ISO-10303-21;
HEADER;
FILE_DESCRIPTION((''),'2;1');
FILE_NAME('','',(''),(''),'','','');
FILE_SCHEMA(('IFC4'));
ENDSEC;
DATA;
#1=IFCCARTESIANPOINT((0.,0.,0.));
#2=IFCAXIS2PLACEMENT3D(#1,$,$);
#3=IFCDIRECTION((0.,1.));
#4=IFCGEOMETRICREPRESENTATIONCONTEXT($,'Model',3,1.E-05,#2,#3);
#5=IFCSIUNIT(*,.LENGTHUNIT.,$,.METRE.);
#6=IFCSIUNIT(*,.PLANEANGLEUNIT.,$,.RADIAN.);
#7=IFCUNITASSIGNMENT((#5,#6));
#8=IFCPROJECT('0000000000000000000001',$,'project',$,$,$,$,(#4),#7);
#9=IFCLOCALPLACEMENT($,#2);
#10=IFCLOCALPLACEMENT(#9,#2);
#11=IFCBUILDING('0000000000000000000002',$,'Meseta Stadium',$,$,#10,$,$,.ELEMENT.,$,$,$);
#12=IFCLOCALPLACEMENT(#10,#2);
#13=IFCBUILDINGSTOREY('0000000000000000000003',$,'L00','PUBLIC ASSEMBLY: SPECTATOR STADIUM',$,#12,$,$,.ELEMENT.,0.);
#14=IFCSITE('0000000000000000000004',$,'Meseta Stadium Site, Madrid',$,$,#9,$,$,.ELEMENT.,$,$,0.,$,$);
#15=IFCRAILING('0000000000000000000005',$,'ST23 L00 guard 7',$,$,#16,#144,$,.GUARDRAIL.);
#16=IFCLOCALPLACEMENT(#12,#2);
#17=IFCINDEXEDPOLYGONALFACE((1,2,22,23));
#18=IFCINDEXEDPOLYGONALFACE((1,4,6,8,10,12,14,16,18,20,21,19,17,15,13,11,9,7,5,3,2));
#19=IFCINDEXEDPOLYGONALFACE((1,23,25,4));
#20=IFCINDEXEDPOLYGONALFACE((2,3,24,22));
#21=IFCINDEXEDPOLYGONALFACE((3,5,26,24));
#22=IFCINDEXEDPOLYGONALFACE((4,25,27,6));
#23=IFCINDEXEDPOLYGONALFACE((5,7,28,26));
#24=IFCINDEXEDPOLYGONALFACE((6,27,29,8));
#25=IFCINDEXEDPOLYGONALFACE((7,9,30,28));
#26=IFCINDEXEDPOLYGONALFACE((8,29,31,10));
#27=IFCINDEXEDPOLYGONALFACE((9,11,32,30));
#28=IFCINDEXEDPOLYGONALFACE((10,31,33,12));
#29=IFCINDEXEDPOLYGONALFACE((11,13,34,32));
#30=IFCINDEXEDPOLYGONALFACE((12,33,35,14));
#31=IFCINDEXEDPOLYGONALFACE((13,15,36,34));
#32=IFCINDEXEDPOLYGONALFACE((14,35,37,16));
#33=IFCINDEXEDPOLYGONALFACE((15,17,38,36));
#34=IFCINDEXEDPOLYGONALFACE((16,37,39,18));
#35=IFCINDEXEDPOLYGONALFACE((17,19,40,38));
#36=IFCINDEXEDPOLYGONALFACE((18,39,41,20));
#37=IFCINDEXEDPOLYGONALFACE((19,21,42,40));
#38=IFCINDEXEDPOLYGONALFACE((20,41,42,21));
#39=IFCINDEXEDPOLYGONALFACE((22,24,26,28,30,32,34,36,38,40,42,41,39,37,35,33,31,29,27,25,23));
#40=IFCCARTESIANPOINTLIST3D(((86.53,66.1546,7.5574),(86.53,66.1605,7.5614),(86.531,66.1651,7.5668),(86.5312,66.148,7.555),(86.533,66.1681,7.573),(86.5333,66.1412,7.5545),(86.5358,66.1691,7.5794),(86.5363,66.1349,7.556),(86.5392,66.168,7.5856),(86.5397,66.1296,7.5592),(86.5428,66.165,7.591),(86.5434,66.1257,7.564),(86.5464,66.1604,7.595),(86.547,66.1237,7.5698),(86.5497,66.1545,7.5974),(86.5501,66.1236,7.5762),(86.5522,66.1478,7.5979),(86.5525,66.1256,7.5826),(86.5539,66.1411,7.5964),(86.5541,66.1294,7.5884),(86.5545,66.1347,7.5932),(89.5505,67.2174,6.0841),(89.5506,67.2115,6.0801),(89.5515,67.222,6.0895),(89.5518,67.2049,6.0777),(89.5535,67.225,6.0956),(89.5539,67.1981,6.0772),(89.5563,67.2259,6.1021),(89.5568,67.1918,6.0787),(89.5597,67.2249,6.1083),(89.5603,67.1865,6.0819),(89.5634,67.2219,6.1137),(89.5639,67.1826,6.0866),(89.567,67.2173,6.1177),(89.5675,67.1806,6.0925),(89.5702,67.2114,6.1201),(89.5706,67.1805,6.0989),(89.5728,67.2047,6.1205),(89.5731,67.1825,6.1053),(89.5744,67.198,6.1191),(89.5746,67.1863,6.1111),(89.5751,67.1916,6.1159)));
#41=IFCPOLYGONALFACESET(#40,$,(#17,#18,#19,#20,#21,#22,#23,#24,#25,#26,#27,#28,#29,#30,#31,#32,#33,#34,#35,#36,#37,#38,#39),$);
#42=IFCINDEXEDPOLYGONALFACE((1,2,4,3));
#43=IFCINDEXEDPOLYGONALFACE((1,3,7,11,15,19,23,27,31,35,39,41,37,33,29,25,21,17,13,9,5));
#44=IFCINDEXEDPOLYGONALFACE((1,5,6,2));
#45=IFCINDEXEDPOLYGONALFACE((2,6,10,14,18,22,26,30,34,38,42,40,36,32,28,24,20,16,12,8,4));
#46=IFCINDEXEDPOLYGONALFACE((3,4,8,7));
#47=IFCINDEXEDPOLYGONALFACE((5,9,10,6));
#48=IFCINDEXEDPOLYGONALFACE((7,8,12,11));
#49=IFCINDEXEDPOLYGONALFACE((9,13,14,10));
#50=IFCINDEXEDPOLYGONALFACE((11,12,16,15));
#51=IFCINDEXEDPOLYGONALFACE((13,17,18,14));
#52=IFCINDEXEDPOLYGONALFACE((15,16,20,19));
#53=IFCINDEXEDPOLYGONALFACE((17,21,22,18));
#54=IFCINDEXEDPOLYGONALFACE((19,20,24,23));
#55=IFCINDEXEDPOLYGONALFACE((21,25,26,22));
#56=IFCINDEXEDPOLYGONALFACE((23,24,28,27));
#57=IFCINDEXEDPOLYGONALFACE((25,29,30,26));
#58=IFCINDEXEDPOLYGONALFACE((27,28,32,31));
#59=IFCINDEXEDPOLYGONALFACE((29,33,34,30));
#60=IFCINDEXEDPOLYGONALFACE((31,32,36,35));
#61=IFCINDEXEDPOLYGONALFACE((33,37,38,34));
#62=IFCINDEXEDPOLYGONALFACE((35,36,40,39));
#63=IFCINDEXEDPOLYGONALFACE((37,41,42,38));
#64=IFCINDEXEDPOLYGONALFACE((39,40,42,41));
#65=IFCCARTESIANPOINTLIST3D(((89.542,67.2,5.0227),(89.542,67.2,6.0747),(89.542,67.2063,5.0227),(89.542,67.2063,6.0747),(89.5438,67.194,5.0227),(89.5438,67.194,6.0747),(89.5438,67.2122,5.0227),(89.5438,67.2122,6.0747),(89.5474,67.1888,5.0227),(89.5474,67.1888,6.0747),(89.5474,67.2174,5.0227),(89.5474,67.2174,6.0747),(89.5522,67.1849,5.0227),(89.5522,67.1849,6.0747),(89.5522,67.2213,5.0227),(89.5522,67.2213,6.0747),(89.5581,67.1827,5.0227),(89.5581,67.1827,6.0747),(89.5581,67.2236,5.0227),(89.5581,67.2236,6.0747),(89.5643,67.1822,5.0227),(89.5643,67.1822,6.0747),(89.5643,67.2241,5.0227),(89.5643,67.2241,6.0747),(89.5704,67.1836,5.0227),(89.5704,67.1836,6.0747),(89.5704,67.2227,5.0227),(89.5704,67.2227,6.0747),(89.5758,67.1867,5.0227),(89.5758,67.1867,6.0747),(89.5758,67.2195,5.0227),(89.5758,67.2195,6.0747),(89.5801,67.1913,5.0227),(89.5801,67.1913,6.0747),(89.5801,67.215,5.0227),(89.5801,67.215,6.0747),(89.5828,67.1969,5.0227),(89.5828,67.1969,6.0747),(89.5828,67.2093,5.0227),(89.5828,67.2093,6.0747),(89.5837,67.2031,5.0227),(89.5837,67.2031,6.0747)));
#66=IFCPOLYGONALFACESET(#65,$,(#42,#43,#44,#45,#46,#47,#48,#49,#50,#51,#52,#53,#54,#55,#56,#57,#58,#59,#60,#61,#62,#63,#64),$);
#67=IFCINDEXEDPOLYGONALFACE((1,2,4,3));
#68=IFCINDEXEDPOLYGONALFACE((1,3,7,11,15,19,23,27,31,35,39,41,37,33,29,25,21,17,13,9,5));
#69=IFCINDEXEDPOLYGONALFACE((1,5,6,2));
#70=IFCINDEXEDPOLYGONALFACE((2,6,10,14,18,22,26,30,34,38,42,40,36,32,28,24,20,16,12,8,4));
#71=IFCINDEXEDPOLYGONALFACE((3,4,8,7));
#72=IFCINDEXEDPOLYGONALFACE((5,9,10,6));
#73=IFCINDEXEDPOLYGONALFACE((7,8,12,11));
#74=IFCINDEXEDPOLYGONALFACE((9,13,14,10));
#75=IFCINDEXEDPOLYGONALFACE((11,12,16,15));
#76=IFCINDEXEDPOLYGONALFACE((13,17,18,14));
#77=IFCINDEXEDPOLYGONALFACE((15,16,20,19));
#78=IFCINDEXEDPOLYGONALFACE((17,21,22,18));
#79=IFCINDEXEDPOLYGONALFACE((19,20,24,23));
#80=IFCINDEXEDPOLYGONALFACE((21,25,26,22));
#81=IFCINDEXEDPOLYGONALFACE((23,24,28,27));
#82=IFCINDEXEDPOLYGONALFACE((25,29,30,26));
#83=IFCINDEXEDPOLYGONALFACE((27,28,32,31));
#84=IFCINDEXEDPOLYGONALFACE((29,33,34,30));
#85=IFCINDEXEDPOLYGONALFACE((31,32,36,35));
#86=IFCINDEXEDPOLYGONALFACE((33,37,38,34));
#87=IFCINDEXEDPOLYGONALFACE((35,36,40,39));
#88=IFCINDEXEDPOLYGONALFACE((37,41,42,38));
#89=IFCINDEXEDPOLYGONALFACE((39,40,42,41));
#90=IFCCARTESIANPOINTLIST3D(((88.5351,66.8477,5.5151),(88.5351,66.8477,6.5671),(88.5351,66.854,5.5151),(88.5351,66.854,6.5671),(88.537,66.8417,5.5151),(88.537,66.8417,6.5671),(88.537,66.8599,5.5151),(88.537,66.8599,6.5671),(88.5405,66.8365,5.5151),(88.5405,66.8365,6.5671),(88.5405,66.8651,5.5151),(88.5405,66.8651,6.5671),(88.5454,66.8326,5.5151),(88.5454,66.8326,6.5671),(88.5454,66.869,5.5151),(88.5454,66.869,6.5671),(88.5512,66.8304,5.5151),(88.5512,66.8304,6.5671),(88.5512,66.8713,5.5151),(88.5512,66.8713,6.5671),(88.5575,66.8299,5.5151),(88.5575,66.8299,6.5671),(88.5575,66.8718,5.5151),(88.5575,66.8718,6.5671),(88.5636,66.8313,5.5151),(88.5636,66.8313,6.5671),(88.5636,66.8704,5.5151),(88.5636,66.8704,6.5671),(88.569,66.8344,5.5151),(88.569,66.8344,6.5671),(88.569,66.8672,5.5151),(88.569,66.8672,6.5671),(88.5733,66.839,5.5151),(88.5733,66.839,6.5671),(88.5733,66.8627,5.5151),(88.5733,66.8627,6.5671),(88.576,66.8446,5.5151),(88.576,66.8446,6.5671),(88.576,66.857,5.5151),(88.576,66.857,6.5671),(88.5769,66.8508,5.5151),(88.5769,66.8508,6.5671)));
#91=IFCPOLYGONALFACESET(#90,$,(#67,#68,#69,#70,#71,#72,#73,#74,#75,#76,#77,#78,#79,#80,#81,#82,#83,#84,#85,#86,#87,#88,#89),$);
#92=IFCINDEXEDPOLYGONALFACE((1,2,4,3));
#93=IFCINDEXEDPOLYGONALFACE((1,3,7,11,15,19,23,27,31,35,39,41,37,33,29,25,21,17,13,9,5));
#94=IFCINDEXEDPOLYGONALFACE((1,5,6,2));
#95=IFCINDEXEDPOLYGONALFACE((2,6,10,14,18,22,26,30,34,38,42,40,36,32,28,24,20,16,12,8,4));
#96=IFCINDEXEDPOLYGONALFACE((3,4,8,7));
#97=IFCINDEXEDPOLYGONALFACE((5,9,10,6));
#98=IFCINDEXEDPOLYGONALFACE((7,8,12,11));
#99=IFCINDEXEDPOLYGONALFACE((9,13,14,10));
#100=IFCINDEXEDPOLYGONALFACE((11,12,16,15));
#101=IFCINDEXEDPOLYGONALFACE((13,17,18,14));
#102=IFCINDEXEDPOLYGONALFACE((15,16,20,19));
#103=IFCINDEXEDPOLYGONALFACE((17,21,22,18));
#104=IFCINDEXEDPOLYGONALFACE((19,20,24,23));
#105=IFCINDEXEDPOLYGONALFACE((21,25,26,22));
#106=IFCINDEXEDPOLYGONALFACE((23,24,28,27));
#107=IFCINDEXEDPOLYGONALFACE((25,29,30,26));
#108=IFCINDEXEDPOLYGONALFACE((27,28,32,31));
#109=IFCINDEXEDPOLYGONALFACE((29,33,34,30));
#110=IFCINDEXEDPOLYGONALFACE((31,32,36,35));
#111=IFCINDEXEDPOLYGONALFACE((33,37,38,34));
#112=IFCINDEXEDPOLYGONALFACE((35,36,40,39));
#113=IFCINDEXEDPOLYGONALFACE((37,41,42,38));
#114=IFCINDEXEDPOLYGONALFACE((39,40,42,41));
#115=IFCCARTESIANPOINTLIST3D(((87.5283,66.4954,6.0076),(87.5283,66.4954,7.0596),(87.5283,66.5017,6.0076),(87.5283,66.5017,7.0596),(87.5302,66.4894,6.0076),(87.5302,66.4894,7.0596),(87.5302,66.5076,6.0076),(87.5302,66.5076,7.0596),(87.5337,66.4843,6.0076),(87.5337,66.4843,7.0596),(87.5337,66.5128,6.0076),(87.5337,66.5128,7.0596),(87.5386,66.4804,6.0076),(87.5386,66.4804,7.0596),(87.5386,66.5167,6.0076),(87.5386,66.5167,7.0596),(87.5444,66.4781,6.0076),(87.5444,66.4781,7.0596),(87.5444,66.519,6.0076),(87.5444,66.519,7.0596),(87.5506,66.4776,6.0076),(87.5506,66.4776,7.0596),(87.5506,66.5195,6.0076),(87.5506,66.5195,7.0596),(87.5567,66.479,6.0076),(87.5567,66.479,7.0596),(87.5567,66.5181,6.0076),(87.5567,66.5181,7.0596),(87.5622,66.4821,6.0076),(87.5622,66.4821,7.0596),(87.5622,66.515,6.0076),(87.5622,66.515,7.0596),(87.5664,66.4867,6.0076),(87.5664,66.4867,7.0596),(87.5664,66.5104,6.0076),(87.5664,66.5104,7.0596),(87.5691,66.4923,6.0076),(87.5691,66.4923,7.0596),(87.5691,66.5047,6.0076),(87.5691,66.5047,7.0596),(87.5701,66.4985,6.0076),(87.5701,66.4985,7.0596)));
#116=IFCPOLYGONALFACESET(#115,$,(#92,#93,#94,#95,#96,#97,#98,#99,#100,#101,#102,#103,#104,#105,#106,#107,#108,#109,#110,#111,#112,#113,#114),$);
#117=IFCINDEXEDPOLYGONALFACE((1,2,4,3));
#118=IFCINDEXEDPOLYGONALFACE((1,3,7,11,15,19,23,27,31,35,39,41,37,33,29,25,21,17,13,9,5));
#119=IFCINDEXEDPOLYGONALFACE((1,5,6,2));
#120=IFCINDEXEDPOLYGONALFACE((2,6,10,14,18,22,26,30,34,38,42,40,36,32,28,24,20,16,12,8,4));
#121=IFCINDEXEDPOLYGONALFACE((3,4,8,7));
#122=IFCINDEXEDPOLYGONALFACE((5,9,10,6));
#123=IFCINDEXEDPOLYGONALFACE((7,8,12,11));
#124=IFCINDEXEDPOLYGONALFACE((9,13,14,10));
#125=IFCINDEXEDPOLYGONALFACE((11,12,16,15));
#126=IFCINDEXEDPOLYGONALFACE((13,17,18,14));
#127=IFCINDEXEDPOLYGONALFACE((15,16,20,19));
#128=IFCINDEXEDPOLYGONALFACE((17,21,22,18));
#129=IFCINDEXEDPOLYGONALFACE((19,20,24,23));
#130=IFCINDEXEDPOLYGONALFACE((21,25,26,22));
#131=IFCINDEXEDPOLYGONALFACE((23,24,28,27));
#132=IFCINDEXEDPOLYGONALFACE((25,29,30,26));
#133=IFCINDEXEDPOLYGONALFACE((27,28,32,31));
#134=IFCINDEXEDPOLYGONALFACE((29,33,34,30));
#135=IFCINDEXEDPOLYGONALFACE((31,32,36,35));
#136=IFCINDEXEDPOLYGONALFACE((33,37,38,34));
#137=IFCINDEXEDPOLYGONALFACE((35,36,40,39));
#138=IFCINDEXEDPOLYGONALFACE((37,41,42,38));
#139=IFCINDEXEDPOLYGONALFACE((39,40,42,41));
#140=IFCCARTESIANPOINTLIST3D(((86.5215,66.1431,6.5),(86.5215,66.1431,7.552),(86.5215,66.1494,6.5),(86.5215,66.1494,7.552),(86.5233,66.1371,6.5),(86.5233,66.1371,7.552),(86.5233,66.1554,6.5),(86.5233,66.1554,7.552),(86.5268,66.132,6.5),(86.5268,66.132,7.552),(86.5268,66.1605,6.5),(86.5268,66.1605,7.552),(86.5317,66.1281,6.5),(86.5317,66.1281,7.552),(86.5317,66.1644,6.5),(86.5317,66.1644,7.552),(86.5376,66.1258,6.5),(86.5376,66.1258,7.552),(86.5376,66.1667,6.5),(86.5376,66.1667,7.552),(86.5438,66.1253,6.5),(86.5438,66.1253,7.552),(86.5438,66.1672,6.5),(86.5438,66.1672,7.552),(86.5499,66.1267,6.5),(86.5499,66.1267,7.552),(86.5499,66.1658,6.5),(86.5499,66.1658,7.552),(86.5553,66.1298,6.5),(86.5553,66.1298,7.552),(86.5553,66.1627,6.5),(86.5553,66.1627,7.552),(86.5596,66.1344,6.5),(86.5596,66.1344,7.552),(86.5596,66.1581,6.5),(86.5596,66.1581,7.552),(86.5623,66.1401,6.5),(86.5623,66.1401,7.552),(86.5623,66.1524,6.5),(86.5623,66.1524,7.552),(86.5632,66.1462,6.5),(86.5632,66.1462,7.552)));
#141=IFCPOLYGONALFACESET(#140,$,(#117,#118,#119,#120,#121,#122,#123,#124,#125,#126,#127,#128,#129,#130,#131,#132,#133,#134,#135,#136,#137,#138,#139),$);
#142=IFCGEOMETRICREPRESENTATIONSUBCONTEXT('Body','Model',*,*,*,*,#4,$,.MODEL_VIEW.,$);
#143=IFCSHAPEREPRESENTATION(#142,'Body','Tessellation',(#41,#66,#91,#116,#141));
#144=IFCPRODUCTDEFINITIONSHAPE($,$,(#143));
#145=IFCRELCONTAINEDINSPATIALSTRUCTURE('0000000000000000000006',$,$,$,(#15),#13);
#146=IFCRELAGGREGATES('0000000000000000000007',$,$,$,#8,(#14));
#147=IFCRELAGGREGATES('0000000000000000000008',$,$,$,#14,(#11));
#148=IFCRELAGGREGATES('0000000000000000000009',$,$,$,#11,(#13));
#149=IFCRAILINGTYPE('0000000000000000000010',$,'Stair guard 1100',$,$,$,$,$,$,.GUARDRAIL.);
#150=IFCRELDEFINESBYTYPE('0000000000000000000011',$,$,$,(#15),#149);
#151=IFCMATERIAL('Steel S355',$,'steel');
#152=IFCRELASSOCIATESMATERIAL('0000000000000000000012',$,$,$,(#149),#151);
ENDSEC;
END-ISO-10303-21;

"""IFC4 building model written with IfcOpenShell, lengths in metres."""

from ifc_helpers import new_model, si_unit, direction, frame, origin, origin_2d, place, context, subcontext, project, spatial, circle, extrude, material, type_object, element, save


model = new_model("IFC4")

# Units and contexts
model_context = context("Model", 3, precision=1e-05, world=origin(), true_north=direction((0.0, 1.0)))
body_context = subcontext(model_context, "Body", "Model", "MODEL_VIEW")
ifc_project = project(units=[si_unit("LENGTHUNIT", "METRE"), si_unit("PLANEANGLEUNIT", "RADIAN")], contexts=[model_context])

# Site, building, storey
site_placement = place(None, origin())
site = spatial("IfcSite", under=ifc_project, at=site_placement, Name="Meseta Stadium Site, Madrid", CompositionType="ELEMENT", RefElevation=0.0)
building_placement = place(site_placement, origin())
building = spatial("IfcBuilding", under=site, at=building_placement, Name="Meseta Stadium", CompositionType="ELEMENT")
storey_placement = place(building_placement, origin())
storey = spatial("IfcBuildingStorey", under=building, at=storey_placement, Name="L00", Description="PUBLIC ASSEMBLY: SPECTATOR STADIUM", CompositionType="ELEMENT", Elevation=0.0)

# Railing
ifc_material_1 = material(Name="Steel S355", Category="steel")
railing_type_1 = type_object("IfcRailingType", Name="Stair guard 1100", PredefinedType="GUARDRAIL", material=ifc_material_1)
railing_1_placement = place(storey_placement, frame((89.5627, 67.2031, 5.0227)))
element("IfcRailing", 1, at=railing_1_placement, inside=storey, type_object=railing_type_1, Name="ST23 L00 guard 7", PredefinedType="GUARDRAIL", context=body_context, shape_type="SweptSolid", body=[
    extrude(circle(Radius=0.0239, at=origin_2d()), frame((0.0, 0.0, 1.0762), z_axis=(-0.856977, -0.299859, 0.419137), x_axis=(0.330269, -0.943887, 0.0)), (0.0, 0.0, 1.0), 3.5247),
    extrude(circle(Radius=0.021, at=origin_2d()), origin(), (0.0, 0.0, 1.0), 1.052),
    extrude(circle(Radius=0.021, at=origin_2d()), frame((-1.0068, -0.3523, 0.4924)), (0.0, 0.0, 1.0), 1.052),
    extrude(circle(Radius=0.021, at=origin_2d()), frame((-2.0137, -0.7046, 0.9849)), (0.0, 0.0, 1.0), 1.052),
    extrude(circle(Radius=0.021, at=origin_2d()), frame((-3.0205, -1.0569, 1.4773)), (0.0, 0.0, 1.0), 1.052),
])

save(model, "model.ifc")
